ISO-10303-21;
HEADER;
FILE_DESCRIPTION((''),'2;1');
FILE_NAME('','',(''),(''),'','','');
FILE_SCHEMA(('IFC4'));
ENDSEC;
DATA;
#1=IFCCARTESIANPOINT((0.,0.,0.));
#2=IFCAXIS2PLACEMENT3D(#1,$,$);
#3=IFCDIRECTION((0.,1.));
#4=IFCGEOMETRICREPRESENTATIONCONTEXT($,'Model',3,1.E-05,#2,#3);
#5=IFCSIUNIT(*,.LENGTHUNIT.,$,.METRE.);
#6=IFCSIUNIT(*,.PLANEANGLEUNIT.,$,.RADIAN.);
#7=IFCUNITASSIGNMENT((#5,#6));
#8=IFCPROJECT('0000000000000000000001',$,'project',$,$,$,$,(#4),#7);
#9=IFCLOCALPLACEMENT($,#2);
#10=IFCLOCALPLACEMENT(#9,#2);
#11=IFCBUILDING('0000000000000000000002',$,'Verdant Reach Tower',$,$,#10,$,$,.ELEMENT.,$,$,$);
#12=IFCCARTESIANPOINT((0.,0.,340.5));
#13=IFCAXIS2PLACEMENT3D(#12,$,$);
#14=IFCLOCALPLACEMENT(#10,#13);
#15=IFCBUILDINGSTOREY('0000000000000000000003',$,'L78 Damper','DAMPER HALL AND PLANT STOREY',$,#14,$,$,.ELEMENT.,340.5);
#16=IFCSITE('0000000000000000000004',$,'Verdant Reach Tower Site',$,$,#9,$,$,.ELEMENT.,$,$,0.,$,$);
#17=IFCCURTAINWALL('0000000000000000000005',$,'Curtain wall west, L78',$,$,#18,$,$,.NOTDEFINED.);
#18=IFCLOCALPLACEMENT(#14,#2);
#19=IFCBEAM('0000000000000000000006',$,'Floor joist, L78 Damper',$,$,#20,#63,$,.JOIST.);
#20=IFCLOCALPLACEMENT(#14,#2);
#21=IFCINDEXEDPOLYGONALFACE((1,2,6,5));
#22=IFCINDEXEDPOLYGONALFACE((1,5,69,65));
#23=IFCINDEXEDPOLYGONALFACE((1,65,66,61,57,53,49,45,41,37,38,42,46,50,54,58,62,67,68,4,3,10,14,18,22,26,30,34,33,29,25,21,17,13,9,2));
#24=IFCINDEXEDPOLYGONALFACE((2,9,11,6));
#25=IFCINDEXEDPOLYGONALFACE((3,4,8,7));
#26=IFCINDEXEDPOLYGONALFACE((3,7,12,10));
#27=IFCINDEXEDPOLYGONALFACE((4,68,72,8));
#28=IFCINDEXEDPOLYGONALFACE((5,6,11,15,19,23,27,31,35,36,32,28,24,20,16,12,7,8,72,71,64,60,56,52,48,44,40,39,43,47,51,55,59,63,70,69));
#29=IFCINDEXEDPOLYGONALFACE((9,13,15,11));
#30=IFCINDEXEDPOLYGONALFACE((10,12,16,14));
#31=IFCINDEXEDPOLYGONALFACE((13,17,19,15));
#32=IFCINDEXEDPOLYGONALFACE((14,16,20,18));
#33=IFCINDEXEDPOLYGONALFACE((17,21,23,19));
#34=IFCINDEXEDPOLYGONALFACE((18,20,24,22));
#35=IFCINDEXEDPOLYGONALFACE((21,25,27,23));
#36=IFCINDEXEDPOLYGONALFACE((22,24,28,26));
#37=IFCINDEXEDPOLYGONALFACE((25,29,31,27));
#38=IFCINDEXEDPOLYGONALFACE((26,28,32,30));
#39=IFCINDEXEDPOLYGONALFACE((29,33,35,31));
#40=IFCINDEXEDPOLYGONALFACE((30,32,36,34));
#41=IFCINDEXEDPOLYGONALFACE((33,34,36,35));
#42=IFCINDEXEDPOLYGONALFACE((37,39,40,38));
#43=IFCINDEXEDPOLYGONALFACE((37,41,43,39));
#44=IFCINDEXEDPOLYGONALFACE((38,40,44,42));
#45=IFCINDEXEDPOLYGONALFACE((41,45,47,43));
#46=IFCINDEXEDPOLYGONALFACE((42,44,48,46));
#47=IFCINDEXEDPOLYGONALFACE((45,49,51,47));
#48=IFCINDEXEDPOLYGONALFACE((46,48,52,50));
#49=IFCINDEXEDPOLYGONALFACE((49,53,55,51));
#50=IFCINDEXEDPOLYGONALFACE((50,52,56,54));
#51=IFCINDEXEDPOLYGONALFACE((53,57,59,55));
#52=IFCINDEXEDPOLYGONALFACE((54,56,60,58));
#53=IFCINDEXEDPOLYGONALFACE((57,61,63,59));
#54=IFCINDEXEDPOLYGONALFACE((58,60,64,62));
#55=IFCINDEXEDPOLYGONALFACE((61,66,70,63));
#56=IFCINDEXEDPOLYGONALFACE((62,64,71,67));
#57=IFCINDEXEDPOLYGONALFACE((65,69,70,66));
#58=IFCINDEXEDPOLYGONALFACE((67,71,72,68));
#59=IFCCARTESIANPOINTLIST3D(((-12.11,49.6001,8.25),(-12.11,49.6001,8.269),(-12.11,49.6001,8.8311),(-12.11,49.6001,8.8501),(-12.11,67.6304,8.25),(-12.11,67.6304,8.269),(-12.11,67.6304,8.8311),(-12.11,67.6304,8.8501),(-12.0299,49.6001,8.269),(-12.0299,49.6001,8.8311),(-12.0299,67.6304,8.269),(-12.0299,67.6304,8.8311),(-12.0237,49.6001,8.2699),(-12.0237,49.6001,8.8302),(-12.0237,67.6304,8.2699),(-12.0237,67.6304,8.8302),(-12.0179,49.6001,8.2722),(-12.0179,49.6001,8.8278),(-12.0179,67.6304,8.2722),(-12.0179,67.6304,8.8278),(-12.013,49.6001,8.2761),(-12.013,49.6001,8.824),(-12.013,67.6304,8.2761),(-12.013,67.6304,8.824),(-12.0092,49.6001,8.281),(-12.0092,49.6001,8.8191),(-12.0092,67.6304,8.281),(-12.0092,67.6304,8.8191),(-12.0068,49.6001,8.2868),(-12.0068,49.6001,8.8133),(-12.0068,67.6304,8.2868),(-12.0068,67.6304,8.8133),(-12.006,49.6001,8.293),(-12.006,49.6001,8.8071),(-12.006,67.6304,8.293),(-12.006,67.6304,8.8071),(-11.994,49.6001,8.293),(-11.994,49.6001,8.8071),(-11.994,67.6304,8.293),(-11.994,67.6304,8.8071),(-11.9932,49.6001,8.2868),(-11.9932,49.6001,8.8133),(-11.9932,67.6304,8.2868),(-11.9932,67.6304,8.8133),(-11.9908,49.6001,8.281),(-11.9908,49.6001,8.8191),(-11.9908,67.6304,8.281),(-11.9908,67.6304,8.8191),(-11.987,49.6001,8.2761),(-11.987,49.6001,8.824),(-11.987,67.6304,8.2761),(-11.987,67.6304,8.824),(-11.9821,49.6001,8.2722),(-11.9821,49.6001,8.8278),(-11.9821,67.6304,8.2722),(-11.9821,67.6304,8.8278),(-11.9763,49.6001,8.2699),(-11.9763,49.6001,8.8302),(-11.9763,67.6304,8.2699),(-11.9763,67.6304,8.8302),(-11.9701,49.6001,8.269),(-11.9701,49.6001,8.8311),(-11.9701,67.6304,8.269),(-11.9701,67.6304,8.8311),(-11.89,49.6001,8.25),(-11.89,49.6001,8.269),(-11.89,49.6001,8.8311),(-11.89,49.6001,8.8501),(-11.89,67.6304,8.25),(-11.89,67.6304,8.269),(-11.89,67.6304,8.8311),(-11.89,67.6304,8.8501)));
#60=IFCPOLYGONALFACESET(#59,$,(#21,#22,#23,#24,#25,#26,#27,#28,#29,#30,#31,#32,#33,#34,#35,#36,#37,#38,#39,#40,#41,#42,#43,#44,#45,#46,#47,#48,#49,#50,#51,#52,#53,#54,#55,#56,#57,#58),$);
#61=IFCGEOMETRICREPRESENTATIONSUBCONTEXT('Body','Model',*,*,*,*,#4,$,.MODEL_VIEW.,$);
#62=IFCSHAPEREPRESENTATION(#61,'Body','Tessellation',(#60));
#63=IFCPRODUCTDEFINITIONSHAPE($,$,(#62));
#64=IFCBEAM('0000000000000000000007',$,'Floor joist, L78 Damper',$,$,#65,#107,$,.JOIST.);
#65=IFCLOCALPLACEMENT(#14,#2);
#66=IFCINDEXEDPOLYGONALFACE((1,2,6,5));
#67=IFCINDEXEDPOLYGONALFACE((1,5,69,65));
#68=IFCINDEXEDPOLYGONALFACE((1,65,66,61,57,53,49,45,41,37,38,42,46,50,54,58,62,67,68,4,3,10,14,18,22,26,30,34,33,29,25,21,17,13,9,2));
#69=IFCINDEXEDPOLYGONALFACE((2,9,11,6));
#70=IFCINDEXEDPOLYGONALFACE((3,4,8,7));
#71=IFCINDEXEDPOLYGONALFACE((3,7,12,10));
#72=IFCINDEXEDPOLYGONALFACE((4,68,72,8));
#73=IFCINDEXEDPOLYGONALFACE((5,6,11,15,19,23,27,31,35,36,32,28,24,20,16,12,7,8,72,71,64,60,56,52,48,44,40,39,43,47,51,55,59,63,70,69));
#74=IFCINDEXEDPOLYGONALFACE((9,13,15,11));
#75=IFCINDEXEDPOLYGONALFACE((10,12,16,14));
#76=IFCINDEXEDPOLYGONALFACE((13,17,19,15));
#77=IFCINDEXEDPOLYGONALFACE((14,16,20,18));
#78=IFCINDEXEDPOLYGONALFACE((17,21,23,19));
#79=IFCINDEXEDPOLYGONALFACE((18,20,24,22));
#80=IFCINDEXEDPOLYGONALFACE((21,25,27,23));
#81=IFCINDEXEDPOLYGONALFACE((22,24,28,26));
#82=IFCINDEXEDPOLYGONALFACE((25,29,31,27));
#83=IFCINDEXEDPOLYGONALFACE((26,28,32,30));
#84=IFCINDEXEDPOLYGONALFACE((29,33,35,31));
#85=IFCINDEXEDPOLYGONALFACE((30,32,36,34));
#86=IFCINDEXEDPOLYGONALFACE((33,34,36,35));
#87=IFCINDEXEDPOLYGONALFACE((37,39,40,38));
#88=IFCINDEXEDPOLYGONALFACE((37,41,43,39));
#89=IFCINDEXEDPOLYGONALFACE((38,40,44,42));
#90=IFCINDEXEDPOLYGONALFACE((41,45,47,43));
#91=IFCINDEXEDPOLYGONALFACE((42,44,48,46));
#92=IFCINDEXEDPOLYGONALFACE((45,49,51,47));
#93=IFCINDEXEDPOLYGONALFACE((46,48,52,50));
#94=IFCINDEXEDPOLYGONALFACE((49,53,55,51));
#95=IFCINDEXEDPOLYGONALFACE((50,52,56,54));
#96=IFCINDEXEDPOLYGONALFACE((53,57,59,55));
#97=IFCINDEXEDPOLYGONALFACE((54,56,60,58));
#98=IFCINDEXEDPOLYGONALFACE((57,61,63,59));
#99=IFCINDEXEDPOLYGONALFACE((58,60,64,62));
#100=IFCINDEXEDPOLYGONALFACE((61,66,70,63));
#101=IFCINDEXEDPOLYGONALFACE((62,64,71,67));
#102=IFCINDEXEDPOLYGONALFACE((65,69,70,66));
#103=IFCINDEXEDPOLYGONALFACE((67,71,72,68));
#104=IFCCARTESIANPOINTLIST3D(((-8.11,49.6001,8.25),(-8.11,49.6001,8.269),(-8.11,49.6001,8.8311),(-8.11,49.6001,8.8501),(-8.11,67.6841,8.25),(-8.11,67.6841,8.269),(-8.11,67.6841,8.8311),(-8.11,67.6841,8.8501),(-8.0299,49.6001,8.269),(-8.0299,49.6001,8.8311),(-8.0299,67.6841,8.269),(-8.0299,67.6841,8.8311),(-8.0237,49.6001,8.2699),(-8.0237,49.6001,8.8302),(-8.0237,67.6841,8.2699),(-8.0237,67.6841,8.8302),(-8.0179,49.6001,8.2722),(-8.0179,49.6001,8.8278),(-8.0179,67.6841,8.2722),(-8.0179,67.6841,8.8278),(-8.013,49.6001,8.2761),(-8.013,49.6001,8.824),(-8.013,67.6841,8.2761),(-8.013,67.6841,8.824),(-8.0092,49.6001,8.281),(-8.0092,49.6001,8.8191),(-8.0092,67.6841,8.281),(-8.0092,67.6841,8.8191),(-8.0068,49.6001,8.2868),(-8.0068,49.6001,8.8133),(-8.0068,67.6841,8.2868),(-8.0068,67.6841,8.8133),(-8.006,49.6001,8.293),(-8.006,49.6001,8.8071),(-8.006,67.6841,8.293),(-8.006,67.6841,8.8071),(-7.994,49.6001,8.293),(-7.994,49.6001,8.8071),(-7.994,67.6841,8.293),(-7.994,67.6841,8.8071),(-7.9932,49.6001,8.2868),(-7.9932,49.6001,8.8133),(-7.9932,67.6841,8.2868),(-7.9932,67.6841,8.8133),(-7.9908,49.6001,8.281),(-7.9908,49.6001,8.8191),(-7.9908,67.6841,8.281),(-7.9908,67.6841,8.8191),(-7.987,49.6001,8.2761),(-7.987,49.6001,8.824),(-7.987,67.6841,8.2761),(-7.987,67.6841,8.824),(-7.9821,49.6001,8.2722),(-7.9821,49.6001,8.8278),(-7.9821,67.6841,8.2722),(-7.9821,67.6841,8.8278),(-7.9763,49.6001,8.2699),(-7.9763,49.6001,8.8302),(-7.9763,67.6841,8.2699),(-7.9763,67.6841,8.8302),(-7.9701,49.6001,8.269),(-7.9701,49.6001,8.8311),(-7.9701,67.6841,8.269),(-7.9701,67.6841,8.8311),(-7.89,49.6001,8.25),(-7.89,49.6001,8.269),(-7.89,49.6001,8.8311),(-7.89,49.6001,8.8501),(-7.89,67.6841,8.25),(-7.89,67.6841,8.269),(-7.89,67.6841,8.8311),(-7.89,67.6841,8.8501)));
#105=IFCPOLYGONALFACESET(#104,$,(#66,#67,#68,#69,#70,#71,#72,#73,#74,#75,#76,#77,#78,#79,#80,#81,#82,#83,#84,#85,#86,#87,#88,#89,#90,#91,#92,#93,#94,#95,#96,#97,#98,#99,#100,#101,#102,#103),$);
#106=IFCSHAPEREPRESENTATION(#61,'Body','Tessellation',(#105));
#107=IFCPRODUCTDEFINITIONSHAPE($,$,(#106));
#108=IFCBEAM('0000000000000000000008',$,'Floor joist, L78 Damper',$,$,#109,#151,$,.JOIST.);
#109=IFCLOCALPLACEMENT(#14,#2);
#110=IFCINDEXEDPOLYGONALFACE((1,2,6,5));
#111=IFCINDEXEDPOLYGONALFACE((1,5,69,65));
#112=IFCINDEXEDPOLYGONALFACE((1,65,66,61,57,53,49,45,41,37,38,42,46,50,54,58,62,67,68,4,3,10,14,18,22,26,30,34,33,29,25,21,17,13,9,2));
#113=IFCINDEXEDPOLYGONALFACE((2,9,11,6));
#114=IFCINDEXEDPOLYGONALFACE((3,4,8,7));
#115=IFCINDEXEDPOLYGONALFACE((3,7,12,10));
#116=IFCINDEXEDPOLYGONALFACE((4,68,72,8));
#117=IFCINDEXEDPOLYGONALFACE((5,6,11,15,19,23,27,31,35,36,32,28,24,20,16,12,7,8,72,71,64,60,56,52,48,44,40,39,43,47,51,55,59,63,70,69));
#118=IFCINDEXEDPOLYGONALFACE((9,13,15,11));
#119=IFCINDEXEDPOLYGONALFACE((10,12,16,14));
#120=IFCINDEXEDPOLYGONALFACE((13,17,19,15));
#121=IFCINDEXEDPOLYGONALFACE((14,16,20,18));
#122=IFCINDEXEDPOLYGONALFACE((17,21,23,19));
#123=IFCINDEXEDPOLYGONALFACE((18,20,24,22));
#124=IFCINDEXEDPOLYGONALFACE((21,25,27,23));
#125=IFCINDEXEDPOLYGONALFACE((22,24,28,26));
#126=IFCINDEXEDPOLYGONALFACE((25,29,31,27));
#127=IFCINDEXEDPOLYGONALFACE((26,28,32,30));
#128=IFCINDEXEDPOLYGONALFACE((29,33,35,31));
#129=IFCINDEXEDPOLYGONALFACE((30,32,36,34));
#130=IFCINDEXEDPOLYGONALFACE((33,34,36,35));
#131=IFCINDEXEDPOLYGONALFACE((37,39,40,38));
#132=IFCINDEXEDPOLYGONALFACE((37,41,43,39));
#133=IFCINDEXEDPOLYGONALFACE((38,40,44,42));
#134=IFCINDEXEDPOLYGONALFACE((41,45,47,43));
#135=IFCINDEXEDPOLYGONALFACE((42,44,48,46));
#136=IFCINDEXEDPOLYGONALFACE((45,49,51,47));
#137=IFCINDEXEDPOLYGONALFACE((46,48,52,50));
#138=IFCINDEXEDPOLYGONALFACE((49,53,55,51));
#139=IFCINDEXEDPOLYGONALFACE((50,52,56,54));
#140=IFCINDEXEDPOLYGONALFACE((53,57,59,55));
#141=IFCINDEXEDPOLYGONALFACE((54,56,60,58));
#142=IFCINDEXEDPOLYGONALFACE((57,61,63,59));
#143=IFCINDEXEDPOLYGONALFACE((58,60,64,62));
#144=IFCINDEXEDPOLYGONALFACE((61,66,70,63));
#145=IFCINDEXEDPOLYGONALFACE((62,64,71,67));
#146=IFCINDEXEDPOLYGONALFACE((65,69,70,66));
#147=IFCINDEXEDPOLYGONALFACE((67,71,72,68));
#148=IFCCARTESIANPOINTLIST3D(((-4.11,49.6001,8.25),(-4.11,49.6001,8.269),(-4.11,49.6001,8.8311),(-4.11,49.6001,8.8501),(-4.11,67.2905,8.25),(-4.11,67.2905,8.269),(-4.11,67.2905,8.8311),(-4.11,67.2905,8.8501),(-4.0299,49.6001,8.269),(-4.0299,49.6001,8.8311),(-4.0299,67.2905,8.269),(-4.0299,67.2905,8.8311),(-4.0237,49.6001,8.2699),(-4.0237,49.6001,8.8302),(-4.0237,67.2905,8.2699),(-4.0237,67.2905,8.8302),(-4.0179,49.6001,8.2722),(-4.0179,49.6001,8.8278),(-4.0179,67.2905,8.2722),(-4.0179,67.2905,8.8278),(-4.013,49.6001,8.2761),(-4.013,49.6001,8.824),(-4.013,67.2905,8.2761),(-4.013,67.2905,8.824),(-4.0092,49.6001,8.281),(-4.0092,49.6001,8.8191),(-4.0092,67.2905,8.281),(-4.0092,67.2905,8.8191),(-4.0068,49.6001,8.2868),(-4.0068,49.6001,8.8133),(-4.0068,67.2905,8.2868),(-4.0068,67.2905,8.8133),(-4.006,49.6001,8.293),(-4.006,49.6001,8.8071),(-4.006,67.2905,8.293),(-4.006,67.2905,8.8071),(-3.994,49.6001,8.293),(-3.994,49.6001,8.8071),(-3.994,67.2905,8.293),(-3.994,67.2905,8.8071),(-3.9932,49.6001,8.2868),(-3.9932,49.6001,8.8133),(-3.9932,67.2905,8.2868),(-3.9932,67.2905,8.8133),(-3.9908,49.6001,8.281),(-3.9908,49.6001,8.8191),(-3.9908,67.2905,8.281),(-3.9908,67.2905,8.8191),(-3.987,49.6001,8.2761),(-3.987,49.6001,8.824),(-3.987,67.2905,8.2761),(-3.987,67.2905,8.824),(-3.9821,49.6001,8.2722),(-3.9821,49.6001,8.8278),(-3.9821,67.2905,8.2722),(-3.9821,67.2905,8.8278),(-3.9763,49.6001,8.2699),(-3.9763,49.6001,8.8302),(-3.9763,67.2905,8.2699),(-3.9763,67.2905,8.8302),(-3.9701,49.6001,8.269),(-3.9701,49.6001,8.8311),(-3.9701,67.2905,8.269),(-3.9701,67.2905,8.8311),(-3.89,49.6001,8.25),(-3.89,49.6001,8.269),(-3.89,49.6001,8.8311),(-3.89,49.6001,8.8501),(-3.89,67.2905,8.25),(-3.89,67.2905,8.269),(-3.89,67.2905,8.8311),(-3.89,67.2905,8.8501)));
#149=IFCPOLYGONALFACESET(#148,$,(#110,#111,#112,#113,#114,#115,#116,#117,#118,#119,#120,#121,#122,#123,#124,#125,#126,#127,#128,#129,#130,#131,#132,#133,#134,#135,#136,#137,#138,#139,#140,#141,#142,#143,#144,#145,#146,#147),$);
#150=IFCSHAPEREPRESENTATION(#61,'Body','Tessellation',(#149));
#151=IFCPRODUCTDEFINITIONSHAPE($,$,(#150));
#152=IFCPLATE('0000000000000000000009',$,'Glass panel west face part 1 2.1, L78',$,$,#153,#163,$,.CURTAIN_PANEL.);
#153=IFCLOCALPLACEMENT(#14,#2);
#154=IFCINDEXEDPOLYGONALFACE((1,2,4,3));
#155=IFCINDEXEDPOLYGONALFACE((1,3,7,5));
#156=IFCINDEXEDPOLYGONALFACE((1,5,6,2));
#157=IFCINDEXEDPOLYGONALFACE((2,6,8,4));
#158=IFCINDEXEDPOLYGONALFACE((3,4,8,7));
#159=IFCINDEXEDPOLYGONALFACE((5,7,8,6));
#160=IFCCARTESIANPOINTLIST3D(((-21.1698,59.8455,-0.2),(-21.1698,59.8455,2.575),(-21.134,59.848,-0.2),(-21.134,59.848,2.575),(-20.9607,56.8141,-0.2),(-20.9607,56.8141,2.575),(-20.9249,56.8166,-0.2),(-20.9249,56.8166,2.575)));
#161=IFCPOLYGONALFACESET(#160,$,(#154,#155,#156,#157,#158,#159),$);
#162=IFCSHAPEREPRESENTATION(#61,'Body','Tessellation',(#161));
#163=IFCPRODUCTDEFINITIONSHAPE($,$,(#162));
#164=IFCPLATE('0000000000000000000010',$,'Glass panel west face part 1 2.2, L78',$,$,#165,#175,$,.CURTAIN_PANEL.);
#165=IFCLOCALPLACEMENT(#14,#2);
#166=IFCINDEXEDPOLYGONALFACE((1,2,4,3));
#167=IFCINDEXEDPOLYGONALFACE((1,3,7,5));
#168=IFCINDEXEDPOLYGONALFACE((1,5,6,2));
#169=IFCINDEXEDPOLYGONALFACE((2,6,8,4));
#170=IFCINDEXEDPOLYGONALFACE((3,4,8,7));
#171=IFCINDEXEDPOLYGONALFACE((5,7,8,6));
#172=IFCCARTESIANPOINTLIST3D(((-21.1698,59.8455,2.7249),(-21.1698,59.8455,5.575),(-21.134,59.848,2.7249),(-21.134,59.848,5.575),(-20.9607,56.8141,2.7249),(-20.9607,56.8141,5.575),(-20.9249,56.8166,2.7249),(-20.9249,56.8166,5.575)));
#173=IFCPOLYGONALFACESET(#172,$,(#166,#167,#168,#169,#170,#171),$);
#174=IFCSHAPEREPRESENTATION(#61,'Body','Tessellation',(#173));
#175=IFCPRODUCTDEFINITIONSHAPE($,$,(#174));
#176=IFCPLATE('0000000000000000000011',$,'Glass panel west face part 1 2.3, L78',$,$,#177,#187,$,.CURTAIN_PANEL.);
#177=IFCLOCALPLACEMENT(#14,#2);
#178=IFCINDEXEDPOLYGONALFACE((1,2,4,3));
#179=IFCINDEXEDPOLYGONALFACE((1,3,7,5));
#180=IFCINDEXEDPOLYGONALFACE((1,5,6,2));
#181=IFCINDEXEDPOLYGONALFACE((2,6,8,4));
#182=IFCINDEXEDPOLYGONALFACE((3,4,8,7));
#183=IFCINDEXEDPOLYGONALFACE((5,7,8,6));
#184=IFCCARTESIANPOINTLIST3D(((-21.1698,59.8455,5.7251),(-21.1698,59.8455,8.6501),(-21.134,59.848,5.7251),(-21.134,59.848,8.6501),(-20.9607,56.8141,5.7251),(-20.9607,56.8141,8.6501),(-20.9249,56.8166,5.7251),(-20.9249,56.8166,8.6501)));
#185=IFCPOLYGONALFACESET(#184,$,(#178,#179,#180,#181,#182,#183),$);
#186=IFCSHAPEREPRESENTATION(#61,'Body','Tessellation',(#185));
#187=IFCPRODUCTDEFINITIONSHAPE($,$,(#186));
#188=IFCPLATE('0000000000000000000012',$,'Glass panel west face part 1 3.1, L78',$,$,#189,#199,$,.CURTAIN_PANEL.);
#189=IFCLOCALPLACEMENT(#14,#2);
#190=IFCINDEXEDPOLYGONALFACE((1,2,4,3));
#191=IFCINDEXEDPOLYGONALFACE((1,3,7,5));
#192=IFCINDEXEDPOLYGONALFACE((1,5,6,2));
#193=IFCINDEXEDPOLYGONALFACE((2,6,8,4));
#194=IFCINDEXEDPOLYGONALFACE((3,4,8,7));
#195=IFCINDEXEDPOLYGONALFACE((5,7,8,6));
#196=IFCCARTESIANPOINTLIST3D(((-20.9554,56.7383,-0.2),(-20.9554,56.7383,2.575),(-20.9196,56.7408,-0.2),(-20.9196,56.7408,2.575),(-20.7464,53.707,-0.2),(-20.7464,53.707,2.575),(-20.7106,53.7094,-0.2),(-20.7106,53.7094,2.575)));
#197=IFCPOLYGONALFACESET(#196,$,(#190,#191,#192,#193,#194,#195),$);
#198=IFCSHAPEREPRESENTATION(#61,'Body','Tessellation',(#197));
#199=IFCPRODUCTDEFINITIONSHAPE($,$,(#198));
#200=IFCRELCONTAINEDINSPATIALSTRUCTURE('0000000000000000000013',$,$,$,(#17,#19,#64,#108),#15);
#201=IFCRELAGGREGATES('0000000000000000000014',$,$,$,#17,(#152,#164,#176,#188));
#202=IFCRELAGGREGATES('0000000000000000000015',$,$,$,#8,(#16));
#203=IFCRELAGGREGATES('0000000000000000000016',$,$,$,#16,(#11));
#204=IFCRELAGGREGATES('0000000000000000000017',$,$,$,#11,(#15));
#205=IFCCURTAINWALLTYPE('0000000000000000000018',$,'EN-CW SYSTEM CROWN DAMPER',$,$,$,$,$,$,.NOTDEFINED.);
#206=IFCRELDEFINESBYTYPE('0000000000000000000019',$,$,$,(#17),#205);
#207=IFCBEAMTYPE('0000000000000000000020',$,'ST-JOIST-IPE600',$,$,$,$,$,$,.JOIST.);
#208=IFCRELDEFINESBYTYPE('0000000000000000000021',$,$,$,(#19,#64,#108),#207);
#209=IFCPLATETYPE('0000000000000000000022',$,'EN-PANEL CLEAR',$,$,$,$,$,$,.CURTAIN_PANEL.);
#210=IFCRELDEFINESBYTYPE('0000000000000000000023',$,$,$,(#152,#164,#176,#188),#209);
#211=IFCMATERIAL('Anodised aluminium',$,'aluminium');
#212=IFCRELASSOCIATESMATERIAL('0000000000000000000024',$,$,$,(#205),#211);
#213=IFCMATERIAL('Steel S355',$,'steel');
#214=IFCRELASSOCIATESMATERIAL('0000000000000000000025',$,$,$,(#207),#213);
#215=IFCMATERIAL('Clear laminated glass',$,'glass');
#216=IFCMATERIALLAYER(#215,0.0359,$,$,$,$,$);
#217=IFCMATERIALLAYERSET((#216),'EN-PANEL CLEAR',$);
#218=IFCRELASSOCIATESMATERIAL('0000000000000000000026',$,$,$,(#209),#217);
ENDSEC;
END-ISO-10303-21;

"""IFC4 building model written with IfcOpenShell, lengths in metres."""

from ifc_helpers import new_model, si_unit, direction, frame, origin, origin_2d, place, context, subcontext, project, spatial, rectangle, i_section, extrude, material, layer, layer_set, material_profile, profile_set, type_object, element, aggregate, save


model = new_model("IFC4")

# Units and contexts
model_context = context("Model", 3, precision=1e-05, world=origin(), true_north=direction((0.0, 1.0)))
body_context = subcontext(model_context, "Body", "Model", "MODEL_VIEW")
ifc_project = project(units=[si_unit("LENGTHUNIT", "METRE"), si_unit("PLANEANGLEUNIT", "RADIAN")], contexts=[model_context])

# Site, building, storey
site_placement = place(None, origin())
site = spatial("IfcSite", under=ifc_project, at=site_placement, Name="Verdant Reach Tower Site", CompositionType="ELEMENT", RefElevation=0.0)
building_placement = place(site_placement, origin())
building = spatial("IfcBuilding", under=site, at=building_placement, Name="Verdant Reach Tower", CompositionType="ELEMENT")
storey_placement = place(building_placement, frame((0.0, 0.0, 340.5)))
storey = spatial("IfcBuildingStorey", under=building, at=storey_placement, Name="L78 Damper", Description="DAMPER HALL AND PLANT STOREY", CompositionType="ELEMENT", Elevation=340.5)

# Curtain wall
ifc_material_1 = material(Name="Anodised aluminium", Category="aluminium")
curtain_wall_type = type_object("IfcCurtainWallType", Name="EN-CW SYSTEM CROWN DAMPER", PredefinedType="NOTDEFINED", material=ifc_material_1)
curtain_wall_placement = place(storey_placement, origin())
curtain_wall = element("IfcCurtainWall", 1, at=curtain_wall_placement, inside=storey, type_object=curtain_wall_type, Name="Curtain wall west, L78", PredefinedType="NOTDEFINED")

# Beams
ifc_material_2 = material(Name="Steel S355", Category="steel")
ifc_material_profile_1 = material_profile(ifc_material_2, i_section(OverallWidth=0.22, OverallDepth=0.6001, WebThickness=0.012, FlangeThickness=0.019, FilletRadius=0.0239, at=origin_2d()), Name="IPE 600")
ifc_profile_set_1 = profile_set([ifc_material_profile_1], Name="Steel S355")
beam_type_1 = type_object("IfcBeamType", Name="ST-JOIST-IPE600", PredefinedType="JOIST", material=ifc_profile_set_1)
beam_1_placement = place(storey_placement, frame((-12.0, 49.6001, 8.55), z_axis=(0.0, 1.0, 0.0), x_axis=(-1.0, 0.0, 0.0)))
element("IfcBeam", 2, at=beam_1_placement, inside=storey, type_object=beam_type_1, Name="Floor joist, L78 Damper", PredefinedType="JOIST", context=body_context, shape_type="SweptSolid", body=[
    extrude(i_section(OverallWidth=0.22, OverallDepth=0.6001, WebThickness=0.012, FlangeThickness=0.019, FilletRadius=0.0239, at=origin_2d()), origin(), (0.0, 0.0, 1.0), 18.0303),
])
beam_2_placement = place(storey_placement, frame((-8.0, 49.6001, 8.55), z_axis=(0.0, 1.0, 0.0), x_axis=(-1.0, 0.0, 0.0)))
element("IfcBeam", 3, at=beam_2_placement, inside=storey, type_object=beam_type_1, Name="Floor joist, L78 Damper", PredefinedType="JOIST", context=body_context, shape_type="SweptSolid", body=[
    extrude(i_section(OverallWidth=0.22, OverallDepth=0.6001, WebThickness=0.012, FlangeThickness=0.019, FilletRadius=0.0239, at=origin_2d()), origin(), (0.0, 0.0, 1.0), 18.084),
])
beam_3_placement = place(storey_placement, frame((-4.0, 49.6001, 8.55), z_axis=(0.0, 1.0, 0.0), x_axis=(-1.0, 0.0, 0.0)))
element("IfcBeam", 4, at=beam_3_placement, inside=storey, type_object=beam_type_1, Name="Floor joist, L78 Damper", PredefinedType="JOIST", context=body_context, shape_type="SweptSolid", body=[
    extrude(i_section(OverallWidth=0.22, OverallDepth=0.6001, WebThickness=0.012, FlangeThickness=0.019, FilletRadius=0.0239, at=origin_2d()), origin(), (0.0, 0.0, 1.0), 17.6904),
])

# Plates
ifc_material_3 = material(Name="Clear laminated glass", Category="glass")
ifc_layer_1 = layer(ifc_material_3, 0.0359)
ifc_layer_set_1 = layer_set([ifc_layer_1], Name="EN-PANEL CLEAR")
plate_type = type_object("IfcPlateType", Name="EN-PANEL CLEAR", PredefinedType="CURTAIN_PANEL", material=ifc_layer_set_1)
plate_1_placement = place(storey_placement, frame((-21.0474, 58.3311, -0.2), z_axis=(0.0, 0.0, 1.0), x_axis=(0.068802, -0.99763, 0.0)))
plate_1 = element("IfcPlate", 5, at=plate_1_placement, type_object=plate_type, Name="Glass panel west face part 1 2.1, L78", PredefinedType="CURTAIN_PANEL", context=body_context, shape_type="SweptSolid", body=[
    extrude(rectangle(XDim=3.0386, YDim=0.0359, at=origin_2d()), origin(), (0.0, 0.0, 1.0), 2.7749),
])
plate_2_placement = place(storey_placement, frame((-21.0474, 58.3311, 2.7249), z_axis=(0.0, 0.0, 1.0), x_axis=(0.068802, -0.99763, 0.0)))
plate_2 = element("IfcPlate", 6, at=plate_2_placement, type_object=plate_type, Name="Glass panel west face part 1 2.2, L78", PredefinedType="CURTAIN_PANEL", context=body_context, shape_type="SweptSolid", body=[
    extrude(rectangle(XDim=3.0386, YDim=0.0359, at=origin_2d()), origin(), (0.0, 0.0, 1.0), 2.8501),
])
plate_3_placement = place(storey_placement, frame((-21.0474, 58.3311, 5.7251), z_axis=(0.0, 0.0, 1.0), x_axis=(0.068802, -0.99763, 0.0)))
plate_3 = element("IfcPlate", 7, at=plate_3_placement, type_object=plate_type, Name="Glass panel west face part 1 2.3, L78", PredefinedType="CURTAIN_PANEL", context=body_context, shape_type="SweptSolid", body=[
    extrude(rectangle(XDim=3.0386, YDim=0.0359, at=origin_2d()), origin(), (0.0, 0.0, 1.0), 2.925),
])
plate_4_placement = place(storey_placement, frame((-20.833, 55.2239, -0.2), z_axis=(0.0, 0.0, 1.0), x_axis=(0.068802, -0.99763, 0.0)))
plate_4 = element("IfcPlate", 8, at=plate_4_placement, type_object=plate_type, Name="Glass panel west face part 1 3.1, L78", PredefinedType="CURTAIN_PANEL", context=body_context, shape_type="SweptSolid", body=[
    extrude(rectangle(XDim=3.0386, YDim=0.0359, at=origin_2d()), origin(), (0.0, 0.0, 1.0), 2.7749),
])
aggregate(curtain_wall, [plate_1, plate_2, plate_3, plate_4])

save(model, "model.ifc")
